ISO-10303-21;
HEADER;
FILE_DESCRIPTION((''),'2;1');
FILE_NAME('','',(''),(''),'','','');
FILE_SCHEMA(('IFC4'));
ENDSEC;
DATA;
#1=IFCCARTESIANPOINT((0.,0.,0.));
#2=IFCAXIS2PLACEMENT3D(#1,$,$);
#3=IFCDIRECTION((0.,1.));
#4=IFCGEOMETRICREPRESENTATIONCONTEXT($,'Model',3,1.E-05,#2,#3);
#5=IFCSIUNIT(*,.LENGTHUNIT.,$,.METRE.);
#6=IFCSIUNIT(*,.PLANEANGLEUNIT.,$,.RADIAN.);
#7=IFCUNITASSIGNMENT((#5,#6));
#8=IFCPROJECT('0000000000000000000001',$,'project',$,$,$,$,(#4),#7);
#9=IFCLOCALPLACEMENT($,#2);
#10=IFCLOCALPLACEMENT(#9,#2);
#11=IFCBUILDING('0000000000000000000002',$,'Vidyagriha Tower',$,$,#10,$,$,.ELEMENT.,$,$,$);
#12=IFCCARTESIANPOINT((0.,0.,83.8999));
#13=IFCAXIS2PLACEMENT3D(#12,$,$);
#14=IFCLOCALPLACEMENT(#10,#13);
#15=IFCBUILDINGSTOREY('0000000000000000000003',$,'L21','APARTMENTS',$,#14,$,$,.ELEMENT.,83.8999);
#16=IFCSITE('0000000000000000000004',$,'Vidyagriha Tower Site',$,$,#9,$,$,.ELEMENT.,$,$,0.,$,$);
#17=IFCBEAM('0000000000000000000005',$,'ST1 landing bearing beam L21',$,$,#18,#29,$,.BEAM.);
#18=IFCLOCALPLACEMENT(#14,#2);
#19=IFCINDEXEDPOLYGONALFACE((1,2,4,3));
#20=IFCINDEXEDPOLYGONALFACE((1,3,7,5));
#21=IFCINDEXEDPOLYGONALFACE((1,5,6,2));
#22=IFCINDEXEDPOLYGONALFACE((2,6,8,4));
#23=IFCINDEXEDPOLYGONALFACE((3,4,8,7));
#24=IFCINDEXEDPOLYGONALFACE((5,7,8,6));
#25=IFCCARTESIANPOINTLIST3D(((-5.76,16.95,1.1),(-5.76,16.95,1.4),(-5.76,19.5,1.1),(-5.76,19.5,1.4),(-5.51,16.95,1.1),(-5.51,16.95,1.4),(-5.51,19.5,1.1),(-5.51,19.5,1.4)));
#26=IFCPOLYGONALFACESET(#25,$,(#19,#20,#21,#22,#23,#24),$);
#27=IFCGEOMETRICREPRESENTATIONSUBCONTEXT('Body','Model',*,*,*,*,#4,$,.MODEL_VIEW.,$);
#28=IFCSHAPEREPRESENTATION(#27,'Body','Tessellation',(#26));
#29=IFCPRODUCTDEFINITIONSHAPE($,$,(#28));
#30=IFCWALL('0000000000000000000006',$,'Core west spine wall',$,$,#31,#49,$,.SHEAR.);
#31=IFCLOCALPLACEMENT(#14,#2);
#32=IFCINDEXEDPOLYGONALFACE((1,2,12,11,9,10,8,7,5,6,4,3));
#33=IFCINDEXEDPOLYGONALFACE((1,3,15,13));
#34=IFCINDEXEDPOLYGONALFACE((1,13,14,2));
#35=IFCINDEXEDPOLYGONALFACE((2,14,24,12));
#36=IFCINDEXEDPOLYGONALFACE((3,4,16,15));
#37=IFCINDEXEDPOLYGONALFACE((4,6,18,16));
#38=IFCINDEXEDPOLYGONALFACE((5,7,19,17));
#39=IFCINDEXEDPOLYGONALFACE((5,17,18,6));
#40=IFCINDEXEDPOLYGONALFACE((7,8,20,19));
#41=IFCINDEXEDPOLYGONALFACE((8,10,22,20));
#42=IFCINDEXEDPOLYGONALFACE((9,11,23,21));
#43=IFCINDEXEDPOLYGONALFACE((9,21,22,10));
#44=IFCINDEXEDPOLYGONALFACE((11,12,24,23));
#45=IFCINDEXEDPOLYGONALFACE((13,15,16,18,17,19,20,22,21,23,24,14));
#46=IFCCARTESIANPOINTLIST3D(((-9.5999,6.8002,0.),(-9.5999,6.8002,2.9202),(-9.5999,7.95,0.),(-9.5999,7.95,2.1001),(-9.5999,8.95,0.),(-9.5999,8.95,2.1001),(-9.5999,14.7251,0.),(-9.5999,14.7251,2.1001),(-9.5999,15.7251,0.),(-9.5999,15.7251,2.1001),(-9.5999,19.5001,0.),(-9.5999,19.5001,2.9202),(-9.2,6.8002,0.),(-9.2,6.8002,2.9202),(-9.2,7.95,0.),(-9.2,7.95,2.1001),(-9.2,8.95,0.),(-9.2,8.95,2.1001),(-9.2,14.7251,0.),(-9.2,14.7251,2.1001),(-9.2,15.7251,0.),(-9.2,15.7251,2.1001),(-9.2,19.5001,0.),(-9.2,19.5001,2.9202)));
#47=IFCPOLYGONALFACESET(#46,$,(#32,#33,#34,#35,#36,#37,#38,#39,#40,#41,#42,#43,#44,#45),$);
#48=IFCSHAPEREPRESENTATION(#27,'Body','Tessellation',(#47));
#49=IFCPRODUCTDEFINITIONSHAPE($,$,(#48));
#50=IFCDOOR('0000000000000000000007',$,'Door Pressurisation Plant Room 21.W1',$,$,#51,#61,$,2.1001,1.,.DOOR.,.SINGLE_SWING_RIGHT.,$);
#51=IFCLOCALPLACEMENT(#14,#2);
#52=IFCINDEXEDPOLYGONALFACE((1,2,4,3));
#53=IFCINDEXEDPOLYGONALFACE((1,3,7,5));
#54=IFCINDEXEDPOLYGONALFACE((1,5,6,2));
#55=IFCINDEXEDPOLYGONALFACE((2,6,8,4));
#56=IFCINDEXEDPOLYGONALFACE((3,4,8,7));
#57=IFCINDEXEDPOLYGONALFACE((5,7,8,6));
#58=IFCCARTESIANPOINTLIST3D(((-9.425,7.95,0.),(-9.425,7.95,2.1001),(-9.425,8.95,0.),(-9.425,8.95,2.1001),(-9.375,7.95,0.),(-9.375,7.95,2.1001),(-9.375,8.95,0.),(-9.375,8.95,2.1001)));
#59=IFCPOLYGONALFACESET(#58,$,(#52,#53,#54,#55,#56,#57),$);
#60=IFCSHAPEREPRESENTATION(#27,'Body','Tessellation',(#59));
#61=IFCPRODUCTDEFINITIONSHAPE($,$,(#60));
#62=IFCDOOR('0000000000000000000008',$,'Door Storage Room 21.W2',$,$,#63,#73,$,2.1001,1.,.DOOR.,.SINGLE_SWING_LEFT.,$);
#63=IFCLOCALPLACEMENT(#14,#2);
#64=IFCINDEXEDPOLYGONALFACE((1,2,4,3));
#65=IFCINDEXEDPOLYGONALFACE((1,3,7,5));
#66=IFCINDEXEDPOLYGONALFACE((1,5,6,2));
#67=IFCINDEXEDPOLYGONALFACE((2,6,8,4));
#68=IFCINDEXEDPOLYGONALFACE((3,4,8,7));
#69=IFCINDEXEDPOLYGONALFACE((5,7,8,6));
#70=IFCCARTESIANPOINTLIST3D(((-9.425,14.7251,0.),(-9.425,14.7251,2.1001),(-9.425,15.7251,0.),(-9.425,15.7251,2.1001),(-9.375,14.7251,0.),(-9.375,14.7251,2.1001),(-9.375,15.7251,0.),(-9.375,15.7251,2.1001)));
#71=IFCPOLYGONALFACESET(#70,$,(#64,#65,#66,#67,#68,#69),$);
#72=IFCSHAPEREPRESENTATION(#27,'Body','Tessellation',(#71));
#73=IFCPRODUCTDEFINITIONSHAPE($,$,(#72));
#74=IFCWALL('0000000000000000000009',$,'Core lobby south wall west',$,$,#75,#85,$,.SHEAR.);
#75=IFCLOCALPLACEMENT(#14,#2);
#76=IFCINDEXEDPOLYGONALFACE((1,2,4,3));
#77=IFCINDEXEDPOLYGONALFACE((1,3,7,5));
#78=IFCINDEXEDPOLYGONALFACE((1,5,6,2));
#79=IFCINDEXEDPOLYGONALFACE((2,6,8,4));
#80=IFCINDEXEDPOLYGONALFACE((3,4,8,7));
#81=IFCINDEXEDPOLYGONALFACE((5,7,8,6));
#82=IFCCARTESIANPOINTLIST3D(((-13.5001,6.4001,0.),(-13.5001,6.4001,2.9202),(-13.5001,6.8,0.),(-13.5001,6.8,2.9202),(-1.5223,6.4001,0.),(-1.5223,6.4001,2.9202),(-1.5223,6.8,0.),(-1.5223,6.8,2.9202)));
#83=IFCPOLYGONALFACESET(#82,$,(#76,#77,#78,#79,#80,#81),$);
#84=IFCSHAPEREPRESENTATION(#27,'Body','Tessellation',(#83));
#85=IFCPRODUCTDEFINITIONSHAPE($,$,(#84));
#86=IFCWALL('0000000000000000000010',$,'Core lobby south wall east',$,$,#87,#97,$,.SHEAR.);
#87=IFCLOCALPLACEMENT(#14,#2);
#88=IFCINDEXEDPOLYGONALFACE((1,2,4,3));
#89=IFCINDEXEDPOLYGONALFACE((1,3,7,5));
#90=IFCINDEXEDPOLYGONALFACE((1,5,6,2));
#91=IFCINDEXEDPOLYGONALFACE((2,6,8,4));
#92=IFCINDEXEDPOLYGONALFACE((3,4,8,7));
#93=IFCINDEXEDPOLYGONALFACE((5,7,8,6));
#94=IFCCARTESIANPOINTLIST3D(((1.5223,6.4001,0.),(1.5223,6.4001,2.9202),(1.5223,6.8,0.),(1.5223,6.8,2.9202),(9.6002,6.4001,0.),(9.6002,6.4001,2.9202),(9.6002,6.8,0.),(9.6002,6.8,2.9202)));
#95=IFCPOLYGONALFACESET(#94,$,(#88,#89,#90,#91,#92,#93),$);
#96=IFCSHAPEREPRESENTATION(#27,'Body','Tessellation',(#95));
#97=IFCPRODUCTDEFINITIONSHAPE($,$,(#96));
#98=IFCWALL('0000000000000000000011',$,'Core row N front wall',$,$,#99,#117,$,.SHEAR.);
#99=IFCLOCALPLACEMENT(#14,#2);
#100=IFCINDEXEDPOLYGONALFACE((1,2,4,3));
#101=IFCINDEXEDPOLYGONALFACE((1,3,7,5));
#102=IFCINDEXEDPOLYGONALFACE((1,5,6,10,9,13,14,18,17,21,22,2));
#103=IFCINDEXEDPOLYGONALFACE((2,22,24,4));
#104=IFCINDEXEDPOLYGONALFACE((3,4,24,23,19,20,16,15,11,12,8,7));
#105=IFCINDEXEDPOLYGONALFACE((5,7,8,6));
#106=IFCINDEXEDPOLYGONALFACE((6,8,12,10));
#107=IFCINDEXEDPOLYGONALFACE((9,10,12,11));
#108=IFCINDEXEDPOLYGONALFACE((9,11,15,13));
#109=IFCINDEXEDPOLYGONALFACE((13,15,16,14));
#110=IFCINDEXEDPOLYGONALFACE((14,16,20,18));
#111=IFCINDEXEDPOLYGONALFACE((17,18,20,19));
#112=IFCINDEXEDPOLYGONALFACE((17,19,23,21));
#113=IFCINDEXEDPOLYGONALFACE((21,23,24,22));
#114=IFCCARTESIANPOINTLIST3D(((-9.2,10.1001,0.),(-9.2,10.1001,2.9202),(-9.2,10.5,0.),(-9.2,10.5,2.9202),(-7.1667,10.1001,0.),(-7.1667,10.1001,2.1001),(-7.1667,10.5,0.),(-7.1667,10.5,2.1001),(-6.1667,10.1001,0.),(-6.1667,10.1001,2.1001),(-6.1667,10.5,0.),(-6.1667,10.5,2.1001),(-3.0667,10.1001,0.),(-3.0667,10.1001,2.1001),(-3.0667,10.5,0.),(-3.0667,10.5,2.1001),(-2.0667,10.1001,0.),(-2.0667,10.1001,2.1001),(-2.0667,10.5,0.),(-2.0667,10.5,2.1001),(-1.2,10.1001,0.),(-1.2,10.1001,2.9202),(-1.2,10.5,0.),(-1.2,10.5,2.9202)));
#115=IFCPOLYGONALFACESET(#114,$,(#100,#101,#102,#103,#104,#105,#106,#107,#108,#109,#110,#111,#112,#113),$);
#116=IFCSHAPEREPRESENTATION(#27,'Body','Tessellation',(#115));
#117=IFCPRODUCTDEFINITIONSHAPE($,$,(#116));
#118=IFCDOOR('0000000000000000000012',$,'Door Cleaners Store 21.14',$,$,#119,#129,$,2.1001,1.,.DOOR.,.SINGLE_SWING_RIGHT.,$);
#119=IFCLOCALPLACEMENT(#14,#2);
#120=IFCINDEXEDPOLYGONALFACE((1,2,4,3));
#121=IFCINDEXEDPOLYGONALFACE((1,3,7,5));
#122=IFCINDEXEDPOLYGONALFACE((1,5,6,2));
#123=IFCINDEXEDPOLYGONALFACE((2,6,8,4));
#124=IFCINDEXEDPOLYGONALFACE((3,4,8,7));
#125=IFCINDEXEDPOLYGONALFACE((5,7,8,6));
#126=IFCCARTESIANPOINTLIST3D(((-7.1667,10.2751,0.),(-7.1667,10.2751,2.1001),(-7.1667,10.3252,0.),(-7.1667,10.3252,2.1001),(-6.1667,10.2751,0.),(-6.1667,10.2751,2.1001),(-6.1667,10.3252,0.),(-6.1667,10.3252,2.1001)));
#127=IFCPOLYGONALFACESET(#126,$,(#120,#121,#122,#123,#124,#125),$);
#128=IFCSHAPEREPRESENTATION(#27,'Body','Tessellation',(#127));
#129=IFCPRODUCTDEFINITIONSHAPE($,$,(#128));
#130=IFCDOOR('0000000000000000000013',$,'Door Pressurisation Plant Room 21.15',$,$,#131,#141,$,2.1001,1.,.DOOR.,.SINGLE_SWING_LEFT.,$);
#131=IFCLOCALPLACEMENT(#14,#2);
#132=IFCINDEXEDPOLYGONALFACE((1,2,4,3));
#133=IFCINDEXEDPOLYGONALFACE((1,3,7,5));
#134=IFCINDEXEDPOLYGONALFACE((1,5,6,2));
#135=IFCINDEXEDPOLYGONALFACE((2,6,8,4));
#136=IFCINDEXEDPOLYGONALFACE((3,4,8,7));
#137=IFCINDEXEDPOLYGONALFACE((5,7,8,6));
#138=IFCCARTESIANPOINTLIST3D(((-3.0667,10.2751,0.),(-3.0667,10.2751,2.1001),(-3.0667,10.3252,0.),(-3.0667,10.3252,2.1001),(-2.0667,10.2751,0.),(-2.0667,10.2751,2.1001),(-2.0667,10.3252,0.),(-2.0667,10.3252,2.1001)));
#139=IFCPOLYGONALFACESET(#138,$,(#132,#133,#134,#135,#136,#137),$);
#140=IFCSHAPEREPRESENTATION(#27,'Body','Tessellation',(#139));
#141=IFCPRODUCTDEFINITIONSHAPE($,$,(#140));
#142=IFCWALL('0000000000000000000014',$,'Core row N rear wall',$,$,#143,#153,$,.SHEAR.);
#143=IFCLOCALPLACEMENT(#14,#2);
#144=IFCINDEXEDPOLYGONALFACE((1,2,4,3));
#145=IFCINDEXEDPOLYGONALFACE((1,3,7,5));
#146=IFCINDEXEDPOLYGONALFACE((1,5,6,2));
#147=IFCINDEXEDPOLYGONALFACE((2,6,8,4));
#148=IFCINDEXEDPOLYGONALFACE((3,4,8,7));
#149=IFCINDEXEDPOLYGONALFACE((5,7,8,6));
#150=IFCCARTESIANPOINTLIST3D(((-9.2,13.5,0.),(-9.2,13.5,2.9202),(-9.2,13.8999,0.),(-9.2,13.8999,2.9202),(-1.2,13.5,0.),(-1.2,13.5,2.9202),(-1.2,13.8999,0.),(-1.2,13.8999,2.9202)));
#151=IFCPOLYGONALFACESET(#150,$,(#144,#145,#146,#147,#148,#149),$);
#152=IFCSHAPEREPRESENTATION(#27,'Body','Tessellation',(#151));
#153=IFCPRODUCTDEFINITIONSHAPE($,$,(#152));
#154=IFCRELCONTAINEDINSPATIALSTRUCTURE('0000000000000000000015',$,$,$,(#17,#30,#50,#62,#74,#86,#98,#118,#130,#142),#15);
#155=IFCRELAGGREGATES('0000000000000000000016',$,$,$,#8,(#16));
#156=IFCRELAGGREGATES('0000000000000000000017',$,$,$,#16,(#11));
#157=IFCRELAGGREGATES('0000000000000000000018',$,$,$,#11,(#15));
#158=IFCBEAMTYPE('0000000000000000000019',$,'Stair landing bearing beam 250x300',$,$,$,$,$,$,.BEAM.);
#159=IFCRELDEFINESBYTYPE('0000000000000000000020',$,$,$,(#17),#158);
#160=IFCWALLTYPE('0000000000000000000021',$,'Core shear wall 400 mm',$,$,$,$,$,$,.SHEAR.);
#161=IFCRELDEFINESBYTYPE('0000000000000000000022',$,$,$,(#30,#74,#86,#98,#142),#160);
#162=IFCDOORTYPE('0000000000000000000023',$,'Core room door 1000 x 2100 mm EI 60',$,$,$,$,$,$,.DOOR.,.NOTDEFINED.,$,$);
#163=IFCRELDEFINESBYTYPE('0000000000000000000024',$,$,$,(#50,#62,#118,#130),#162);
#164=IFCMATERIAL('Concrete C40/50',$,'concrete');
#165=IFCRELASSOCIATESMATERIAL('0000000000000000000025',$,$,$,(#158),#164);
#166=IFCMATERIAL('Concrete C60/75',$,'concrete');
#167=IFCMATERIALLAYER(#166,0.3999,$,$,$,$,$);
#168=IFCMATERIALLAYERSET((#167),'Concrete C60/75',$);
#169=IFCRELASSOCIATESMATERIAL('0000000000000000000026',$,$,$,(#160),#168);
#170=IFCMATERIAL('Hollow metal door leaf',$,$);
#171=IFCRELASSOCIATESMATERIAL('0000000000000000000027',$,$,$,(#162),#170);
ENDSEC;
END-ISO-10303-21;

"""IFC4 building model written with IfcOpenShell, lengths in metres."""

from ifc_helpers import new_model, si_unit, direction, frame, frame_2d, origin, origin_2d, place, context, subcontext, project, spatial, rectangle, extrude, material, layer, layer_set, material_profile, profile_set, type_object, element, fill, save


model = new_model("IFC4")

# Units and contexts
model_context = context("Model", 3, precision=1e-05, world=origin(), true_north=direction((0.0, 1.0)))
body_context = subcontext(model_context, "Body", "Model", "MODEL_VIEW")
ifc_project = project(units=[si_unit("LENGTHUNIT", "METRE"), si_unit("PLANEANGLEUNIT", "RADIAN")], contexts=[model_context])

# Site, building, storey
site_placement = place(None, origin())
site = spatial("IfcSite", under=ifc_project, at=site_placement, Name="Vidyagriha Tower Site", CompositionType="ELEMENT", RefElevation=0.0)
building_placement = place(site_placement, origin())
building = spatial("IfcBuilding", under=site, at=building_placement, Name="Vidyagriha Tower", CompositionType="ELEMENT")
storey_placement = place(building_placement, frame((0.0, 0.0, 83.8999)))
storey = spatial("IfcBuildingStorey", under=building, at=storey_placement, Name="L21", Description="APARTMENTS", CompositionType="ELEMENT", Elevation=83.8999)

# Beam
ifc_material_1 = material(Name="Concrete C40/50", Category="concrete")
ifc_material_profile = material_profile(ifc_material_1, rectangle(XDim=0.25, YDim=0.3, at=origin_2d()), Name="Stair landing bearing beam 250x300")
ifc_profile_set = profile_set([ifc_material_profile], Name="Concrete C40/50")
beam_type = type_object("IfcBeamType", Name="Stair landing bearing beam 250x300", PredefinedType="BEAM", material=ifc_profile_set)
beam_placement = place(storey_placement, frame((-5.635, 16.95, 1.25), z_axis=(0.0, 1.0, 0.0), x_axis=(-1.0, 0.0, 0.0)))
element("IfcBeam", 1, at=beam_placement, inside=storey, type_object=beam_type, Name="ST1 landing bearing beam L21", PredefinedType="BEAM", context=body_context, shape_type="SweptSolid", body=[
    extrude(rectangle(XDim=0.25, YDim=0.3, at=origin_2d()), origin(), (0.0, 0.0, 1.0), 2.55),
])

# Wall, openings, doors
ifc_material_2 = material(Name="Concrete C60/75", Category="concrete")
ifc_layer_1 = layer(ifc_material_2, 0.3999)
ifc_layer_set_1 = layer_set([ifc_layer_1], Name="Concrete C60/75")
wall_type_1 = type_object("IfcWallType", Name="Core shear wall 400 mm", PredefinedType="SHEAR", material=ifc_layer_set_1)
wall_1_placement = place(storey_placement, frame((-9.3999, 6.8, 0.0), z_axis=(0.0, 0.0, 1.0), x_axis=(0.0, 1.0, 0.0)))
wall_1 = element("IfcWall", 2, at=wall_1_placement, inside=storey, type_object=wall_type_1, Name="Core west spine wall", PredefinedType="SHEAR", context=body_context, shape_type="SweptSolid", body=[
    extrude(rectangle(XDim=12.7, YDim=0.3999, at=frame_2d((6.3501, 0.0))), origin(), (0.0, 0.0, 1.0), 2.9202),
])
opening_1_placement = place(wall_1_placement, frame((1.1499, 0.0, 0.0)))
opening_1 = element("IfcOpeningElement", 3, at=opening_1_placement, cuts=wall_1, PredefinedType="OPENING", context=body_context, shape_type="SweptSolid", body=[
    extrude(rectangle(XDim=1.0, YDim=2.1001, at=frame_2d((0.5, 1.05))), frame((0.0, 0.21, 0.0), z_axis=(0.0, -1.0, 0.0), x_axis=(1.0, 0.0, 0.0)), (0.0, 0.0, 1.0), 0.4199),
])
opening_2_placement = place(wall_1_placement, frame((7.925, 0.0, 0.0)))
opening_2 = element("IfcOpeningElement", 4, at=opening_2_placement, cuts=wall_1, PredefinedType="OPENING", context=body_context, shape_type="SweptSolid", body=[
    extrude(rectangle(XDim=1.0, YDim=2.1001, at=frame_2d((0.5, 1.05))), frame((0.0, 0.21, 0.0), z_axis=(0.0, -1.0, 0.0), x_axis=(1.0, 0.0, 0.0)), (0.0, 0.0, 1.0), 0.4199),
])
ifc_material_3 = material(Name="Hollow metal door leaf")
door_type_1 = type_object("IfcDoorType", Name="Core room door 1000 x 2100 mm EI 60", OperationType="NOTDEFINED", PredefinedType="DOOR", material=ifc_material_3)
door_1_placement = place(opening_1_placement, frame((1.0, 0.0, 0.0), z_axis=(0.0, 0.0, 1.0), x_axis=(-1.0, 0.0, 0.0)))
door_1 = element("IfcDoor", 5, at=door_1_placement, inside=storey, type_object=door_type_1, Name="Door Pressurisation Plant Room 21.W1", OperationType="SINGLE_SWING_RIGHT", OverallHeight=2.1001, OverallWidth=1.0, PredefinedType="DOOR", context=body_context, shape_type="SweptSolid", body=[
    extrude(rectangle(XDim=1.0, YDim=2.1001, at=frame_2d((0.5, 1.05))), frame((0.0, 0.0249, 0.0), z_axis=(0.0, -1.0, 0.0), x_axis=(1.0, 0.0, 0.0)), (0.0, 0.0, 1.0), 0.05),
])
fill(opening_1, door_1)
door_2_placement = place(opening_2_placement, frame((1.0, 0.0, 0.0), z_axis=(0.0, 0.0, 1.0), x_axis=(-1.0, 0.0, 0.0)))
door_2 = element("IfcDoor", 6, at=door_2_placement, inside=storey, type_object=door_type_1, Name="Door Storage Room 21.W2", OperationType="SINGLE_SWING_LEFT", OverallHeight=2.1001, OverallWidth=1.0, PredefinedType="DOOR", context=body_context, shape_type="SweptSolid", body=[
    extrude(rectangle(XDim=1.0, YDim=2.1001, at=frame_2d((0.5, 1.05))), frame((0.0, 0.0249, 0.0), z_axis=(0.0, -1.0, 0.0), x_axis=(1.0, 0.0, 0.0)), (0.0, 0.0, 1.0), 0.05),
])
fill(opening_2, door_2)

# Walls
wall_2_placement = place(storey_placement, frame((-13.5, 6.6001, 0.0)))
element("IfcWall", 7, at=wall_2_placement, inside=storey, type_object=wall_type_1, Name="Core lobby south wall west", PredefinedType="SHEAR", context=body_context, shape_type="SweptSolid", body=[
    extrude(rectangle(XDim=11.9778, YDim=0.3999, at=frame_2d((5.9888, 0.0))), origin(), (0.0, 0.0, 1.0), 2.9202),
])
wall_3_placement = place(storey_placement, frame((1.5222, 6.6001, 0.0)))
element("IfcWall", 8, at=wall_3_placement, inside=storey, type_object=wall_type_1, Name="Core lobby south wall east", PredefinedType="SHEAR", context=body_context, shape_type="SweptSolid", body=[
    extrude(rectangle(XDim=8.0779, YDim=0.3999, at=frame_2d((4.0391, 0.0))), origin(), (0.0, 0.0, 1.0), 2.9202),
])

# Wall, openings, doors
wall_4_placement = place(storey_placement, frame((-9.2, 10.3, 0.0)))
wall_4 = element("IfcWall", 9, at=wall_4_placement, inside=storey, type_object=wall_type_1, Name="Core row N front wall", PredefinedType="SHEAR", context=body_context, shape_type="SweptSolid", body=[
    extrude(rectangle(XDim=8.0, YDim=0.3999, at=frame_2d((4.0, 0.0))), origin(), (0.0, 0.0, 1.0), 2.9202),
])
opening_3_placement = place(wall_4_placement, frame((2.0332, 0.0, 0.0)))
opening_3 = element("IfcOpeningElement", 10, at=opening_3_placement, cuts=wall_4, PredefinedType="OPENING", context=body_context, shape_type="SweptSolid", body=[
    extrude(rectangle(XDim=1.0, YDim=2.1001, at=frame_2d((0.5, 1.05))), frame((0.0, 0.21, 0.0), z_axis=(0.0, -1.0, 0.0), x_axis=(1.0, 0.0, 0.0)), (0.0, 0.0, 1.0), 0.4199),
])
opening_4_placement = place(wall_4_placement, frame((6.1333, 0.0, 0.0)))
opening_4 = element("IfcOpeningElement", 11, at=opening_4_placement, cuts=wall_4, PredefinedType="OPENING", context=body_context, shape_type="SweptSolid", body=[
    extrude(rectangle(XDim=1.0, YDim=2.1001, at=frame_2d((0.5, 1.05))), frame((0.0, 0.21, 0.0), z_axis=(0.0, -1.0, 0.0), x_axis=(1.0, 0.0, 0.0)), (0.0, 0.0, 1.0), 0.4199),
])
door_3_placement = place(opening_3_placement, frame((1.0, 0.0, 0.0), z_axis=(0.0, 0.0, 1.0), x_axis=(-1.0, 0.0, 0.0)))
door_3 = element("IfcDoor", 12, at=door_3_placement, inside=storey, type_object=door_type_1, Name="Door Cleaners Store 21.14", OperationType="SINGLE_SWING_RIGHT", OverallHeight=2.1001, OverallWidth=1.0, PredefinedType="DOOR", context=body_context, shape_type="SweptSolid", body=[
    extrude(rectangle(XDim=1.0, YDim=2.1001, at=frame_2d((0.5, 1.05))), frame((0.0, 0.0249, 0.0), z_axis=(0.0, -1.0, 0.0), x_axis=(1.0, 0.0, 0.0)), (0.0, 0.0, 1.0), 0.05),
])
fill(opening_3, door_3)
door_4_placement = place(opening_4_placement, frame((1.0, 0.0, 0.0), z_axis=(0.0, 0.0, 1.0), x_axis=(-1.0, 0.0, 0.0)))
door_4 = element("IfcDoor", 13, at=door_4_placement, inside=storey, type_object=door_type_1, Name="Door Pressurisation Plant Room 21.15", OperationType="SINGLE_SWING_LEFT", OverallHeight=2.1001, OverallWidth=1.0, PredefinedType="DOOR", context=body_context, shape_type="SweptSolid", body=[
    extrude(rectangle(XDim=1.0, YDim=2.1001, at=frame_2d((0.5, 1.05))), frame((0.0, 0.0249, 0.0), z_axis=(0.0, -1.0, 0.0), x_axis=(1.0, 0.0, 0.0)), (0.0, 0.0, 1.0), 0.05),
])
fill(opening_4, door_4)

# Wall
wall_5_placement = place(storey_placement, frame((-9.2, 13.7, 0.0)))
element("IfcWall", 14, at=wall_5_placement, inside=storey, type_object=wall_type_1, Name="Core row N rear wall", PredefinedType="SHEAR", context=body_context, shape_type="SweptSolid", body=[
    extrude(rectangle(XDim=8.0, YDim=0.3999, at=frame_2d((4.0, 0.0))), origin(), (0.0, 0.0, 1.0), 2.9202),
])

save(model, "model.ifc")
